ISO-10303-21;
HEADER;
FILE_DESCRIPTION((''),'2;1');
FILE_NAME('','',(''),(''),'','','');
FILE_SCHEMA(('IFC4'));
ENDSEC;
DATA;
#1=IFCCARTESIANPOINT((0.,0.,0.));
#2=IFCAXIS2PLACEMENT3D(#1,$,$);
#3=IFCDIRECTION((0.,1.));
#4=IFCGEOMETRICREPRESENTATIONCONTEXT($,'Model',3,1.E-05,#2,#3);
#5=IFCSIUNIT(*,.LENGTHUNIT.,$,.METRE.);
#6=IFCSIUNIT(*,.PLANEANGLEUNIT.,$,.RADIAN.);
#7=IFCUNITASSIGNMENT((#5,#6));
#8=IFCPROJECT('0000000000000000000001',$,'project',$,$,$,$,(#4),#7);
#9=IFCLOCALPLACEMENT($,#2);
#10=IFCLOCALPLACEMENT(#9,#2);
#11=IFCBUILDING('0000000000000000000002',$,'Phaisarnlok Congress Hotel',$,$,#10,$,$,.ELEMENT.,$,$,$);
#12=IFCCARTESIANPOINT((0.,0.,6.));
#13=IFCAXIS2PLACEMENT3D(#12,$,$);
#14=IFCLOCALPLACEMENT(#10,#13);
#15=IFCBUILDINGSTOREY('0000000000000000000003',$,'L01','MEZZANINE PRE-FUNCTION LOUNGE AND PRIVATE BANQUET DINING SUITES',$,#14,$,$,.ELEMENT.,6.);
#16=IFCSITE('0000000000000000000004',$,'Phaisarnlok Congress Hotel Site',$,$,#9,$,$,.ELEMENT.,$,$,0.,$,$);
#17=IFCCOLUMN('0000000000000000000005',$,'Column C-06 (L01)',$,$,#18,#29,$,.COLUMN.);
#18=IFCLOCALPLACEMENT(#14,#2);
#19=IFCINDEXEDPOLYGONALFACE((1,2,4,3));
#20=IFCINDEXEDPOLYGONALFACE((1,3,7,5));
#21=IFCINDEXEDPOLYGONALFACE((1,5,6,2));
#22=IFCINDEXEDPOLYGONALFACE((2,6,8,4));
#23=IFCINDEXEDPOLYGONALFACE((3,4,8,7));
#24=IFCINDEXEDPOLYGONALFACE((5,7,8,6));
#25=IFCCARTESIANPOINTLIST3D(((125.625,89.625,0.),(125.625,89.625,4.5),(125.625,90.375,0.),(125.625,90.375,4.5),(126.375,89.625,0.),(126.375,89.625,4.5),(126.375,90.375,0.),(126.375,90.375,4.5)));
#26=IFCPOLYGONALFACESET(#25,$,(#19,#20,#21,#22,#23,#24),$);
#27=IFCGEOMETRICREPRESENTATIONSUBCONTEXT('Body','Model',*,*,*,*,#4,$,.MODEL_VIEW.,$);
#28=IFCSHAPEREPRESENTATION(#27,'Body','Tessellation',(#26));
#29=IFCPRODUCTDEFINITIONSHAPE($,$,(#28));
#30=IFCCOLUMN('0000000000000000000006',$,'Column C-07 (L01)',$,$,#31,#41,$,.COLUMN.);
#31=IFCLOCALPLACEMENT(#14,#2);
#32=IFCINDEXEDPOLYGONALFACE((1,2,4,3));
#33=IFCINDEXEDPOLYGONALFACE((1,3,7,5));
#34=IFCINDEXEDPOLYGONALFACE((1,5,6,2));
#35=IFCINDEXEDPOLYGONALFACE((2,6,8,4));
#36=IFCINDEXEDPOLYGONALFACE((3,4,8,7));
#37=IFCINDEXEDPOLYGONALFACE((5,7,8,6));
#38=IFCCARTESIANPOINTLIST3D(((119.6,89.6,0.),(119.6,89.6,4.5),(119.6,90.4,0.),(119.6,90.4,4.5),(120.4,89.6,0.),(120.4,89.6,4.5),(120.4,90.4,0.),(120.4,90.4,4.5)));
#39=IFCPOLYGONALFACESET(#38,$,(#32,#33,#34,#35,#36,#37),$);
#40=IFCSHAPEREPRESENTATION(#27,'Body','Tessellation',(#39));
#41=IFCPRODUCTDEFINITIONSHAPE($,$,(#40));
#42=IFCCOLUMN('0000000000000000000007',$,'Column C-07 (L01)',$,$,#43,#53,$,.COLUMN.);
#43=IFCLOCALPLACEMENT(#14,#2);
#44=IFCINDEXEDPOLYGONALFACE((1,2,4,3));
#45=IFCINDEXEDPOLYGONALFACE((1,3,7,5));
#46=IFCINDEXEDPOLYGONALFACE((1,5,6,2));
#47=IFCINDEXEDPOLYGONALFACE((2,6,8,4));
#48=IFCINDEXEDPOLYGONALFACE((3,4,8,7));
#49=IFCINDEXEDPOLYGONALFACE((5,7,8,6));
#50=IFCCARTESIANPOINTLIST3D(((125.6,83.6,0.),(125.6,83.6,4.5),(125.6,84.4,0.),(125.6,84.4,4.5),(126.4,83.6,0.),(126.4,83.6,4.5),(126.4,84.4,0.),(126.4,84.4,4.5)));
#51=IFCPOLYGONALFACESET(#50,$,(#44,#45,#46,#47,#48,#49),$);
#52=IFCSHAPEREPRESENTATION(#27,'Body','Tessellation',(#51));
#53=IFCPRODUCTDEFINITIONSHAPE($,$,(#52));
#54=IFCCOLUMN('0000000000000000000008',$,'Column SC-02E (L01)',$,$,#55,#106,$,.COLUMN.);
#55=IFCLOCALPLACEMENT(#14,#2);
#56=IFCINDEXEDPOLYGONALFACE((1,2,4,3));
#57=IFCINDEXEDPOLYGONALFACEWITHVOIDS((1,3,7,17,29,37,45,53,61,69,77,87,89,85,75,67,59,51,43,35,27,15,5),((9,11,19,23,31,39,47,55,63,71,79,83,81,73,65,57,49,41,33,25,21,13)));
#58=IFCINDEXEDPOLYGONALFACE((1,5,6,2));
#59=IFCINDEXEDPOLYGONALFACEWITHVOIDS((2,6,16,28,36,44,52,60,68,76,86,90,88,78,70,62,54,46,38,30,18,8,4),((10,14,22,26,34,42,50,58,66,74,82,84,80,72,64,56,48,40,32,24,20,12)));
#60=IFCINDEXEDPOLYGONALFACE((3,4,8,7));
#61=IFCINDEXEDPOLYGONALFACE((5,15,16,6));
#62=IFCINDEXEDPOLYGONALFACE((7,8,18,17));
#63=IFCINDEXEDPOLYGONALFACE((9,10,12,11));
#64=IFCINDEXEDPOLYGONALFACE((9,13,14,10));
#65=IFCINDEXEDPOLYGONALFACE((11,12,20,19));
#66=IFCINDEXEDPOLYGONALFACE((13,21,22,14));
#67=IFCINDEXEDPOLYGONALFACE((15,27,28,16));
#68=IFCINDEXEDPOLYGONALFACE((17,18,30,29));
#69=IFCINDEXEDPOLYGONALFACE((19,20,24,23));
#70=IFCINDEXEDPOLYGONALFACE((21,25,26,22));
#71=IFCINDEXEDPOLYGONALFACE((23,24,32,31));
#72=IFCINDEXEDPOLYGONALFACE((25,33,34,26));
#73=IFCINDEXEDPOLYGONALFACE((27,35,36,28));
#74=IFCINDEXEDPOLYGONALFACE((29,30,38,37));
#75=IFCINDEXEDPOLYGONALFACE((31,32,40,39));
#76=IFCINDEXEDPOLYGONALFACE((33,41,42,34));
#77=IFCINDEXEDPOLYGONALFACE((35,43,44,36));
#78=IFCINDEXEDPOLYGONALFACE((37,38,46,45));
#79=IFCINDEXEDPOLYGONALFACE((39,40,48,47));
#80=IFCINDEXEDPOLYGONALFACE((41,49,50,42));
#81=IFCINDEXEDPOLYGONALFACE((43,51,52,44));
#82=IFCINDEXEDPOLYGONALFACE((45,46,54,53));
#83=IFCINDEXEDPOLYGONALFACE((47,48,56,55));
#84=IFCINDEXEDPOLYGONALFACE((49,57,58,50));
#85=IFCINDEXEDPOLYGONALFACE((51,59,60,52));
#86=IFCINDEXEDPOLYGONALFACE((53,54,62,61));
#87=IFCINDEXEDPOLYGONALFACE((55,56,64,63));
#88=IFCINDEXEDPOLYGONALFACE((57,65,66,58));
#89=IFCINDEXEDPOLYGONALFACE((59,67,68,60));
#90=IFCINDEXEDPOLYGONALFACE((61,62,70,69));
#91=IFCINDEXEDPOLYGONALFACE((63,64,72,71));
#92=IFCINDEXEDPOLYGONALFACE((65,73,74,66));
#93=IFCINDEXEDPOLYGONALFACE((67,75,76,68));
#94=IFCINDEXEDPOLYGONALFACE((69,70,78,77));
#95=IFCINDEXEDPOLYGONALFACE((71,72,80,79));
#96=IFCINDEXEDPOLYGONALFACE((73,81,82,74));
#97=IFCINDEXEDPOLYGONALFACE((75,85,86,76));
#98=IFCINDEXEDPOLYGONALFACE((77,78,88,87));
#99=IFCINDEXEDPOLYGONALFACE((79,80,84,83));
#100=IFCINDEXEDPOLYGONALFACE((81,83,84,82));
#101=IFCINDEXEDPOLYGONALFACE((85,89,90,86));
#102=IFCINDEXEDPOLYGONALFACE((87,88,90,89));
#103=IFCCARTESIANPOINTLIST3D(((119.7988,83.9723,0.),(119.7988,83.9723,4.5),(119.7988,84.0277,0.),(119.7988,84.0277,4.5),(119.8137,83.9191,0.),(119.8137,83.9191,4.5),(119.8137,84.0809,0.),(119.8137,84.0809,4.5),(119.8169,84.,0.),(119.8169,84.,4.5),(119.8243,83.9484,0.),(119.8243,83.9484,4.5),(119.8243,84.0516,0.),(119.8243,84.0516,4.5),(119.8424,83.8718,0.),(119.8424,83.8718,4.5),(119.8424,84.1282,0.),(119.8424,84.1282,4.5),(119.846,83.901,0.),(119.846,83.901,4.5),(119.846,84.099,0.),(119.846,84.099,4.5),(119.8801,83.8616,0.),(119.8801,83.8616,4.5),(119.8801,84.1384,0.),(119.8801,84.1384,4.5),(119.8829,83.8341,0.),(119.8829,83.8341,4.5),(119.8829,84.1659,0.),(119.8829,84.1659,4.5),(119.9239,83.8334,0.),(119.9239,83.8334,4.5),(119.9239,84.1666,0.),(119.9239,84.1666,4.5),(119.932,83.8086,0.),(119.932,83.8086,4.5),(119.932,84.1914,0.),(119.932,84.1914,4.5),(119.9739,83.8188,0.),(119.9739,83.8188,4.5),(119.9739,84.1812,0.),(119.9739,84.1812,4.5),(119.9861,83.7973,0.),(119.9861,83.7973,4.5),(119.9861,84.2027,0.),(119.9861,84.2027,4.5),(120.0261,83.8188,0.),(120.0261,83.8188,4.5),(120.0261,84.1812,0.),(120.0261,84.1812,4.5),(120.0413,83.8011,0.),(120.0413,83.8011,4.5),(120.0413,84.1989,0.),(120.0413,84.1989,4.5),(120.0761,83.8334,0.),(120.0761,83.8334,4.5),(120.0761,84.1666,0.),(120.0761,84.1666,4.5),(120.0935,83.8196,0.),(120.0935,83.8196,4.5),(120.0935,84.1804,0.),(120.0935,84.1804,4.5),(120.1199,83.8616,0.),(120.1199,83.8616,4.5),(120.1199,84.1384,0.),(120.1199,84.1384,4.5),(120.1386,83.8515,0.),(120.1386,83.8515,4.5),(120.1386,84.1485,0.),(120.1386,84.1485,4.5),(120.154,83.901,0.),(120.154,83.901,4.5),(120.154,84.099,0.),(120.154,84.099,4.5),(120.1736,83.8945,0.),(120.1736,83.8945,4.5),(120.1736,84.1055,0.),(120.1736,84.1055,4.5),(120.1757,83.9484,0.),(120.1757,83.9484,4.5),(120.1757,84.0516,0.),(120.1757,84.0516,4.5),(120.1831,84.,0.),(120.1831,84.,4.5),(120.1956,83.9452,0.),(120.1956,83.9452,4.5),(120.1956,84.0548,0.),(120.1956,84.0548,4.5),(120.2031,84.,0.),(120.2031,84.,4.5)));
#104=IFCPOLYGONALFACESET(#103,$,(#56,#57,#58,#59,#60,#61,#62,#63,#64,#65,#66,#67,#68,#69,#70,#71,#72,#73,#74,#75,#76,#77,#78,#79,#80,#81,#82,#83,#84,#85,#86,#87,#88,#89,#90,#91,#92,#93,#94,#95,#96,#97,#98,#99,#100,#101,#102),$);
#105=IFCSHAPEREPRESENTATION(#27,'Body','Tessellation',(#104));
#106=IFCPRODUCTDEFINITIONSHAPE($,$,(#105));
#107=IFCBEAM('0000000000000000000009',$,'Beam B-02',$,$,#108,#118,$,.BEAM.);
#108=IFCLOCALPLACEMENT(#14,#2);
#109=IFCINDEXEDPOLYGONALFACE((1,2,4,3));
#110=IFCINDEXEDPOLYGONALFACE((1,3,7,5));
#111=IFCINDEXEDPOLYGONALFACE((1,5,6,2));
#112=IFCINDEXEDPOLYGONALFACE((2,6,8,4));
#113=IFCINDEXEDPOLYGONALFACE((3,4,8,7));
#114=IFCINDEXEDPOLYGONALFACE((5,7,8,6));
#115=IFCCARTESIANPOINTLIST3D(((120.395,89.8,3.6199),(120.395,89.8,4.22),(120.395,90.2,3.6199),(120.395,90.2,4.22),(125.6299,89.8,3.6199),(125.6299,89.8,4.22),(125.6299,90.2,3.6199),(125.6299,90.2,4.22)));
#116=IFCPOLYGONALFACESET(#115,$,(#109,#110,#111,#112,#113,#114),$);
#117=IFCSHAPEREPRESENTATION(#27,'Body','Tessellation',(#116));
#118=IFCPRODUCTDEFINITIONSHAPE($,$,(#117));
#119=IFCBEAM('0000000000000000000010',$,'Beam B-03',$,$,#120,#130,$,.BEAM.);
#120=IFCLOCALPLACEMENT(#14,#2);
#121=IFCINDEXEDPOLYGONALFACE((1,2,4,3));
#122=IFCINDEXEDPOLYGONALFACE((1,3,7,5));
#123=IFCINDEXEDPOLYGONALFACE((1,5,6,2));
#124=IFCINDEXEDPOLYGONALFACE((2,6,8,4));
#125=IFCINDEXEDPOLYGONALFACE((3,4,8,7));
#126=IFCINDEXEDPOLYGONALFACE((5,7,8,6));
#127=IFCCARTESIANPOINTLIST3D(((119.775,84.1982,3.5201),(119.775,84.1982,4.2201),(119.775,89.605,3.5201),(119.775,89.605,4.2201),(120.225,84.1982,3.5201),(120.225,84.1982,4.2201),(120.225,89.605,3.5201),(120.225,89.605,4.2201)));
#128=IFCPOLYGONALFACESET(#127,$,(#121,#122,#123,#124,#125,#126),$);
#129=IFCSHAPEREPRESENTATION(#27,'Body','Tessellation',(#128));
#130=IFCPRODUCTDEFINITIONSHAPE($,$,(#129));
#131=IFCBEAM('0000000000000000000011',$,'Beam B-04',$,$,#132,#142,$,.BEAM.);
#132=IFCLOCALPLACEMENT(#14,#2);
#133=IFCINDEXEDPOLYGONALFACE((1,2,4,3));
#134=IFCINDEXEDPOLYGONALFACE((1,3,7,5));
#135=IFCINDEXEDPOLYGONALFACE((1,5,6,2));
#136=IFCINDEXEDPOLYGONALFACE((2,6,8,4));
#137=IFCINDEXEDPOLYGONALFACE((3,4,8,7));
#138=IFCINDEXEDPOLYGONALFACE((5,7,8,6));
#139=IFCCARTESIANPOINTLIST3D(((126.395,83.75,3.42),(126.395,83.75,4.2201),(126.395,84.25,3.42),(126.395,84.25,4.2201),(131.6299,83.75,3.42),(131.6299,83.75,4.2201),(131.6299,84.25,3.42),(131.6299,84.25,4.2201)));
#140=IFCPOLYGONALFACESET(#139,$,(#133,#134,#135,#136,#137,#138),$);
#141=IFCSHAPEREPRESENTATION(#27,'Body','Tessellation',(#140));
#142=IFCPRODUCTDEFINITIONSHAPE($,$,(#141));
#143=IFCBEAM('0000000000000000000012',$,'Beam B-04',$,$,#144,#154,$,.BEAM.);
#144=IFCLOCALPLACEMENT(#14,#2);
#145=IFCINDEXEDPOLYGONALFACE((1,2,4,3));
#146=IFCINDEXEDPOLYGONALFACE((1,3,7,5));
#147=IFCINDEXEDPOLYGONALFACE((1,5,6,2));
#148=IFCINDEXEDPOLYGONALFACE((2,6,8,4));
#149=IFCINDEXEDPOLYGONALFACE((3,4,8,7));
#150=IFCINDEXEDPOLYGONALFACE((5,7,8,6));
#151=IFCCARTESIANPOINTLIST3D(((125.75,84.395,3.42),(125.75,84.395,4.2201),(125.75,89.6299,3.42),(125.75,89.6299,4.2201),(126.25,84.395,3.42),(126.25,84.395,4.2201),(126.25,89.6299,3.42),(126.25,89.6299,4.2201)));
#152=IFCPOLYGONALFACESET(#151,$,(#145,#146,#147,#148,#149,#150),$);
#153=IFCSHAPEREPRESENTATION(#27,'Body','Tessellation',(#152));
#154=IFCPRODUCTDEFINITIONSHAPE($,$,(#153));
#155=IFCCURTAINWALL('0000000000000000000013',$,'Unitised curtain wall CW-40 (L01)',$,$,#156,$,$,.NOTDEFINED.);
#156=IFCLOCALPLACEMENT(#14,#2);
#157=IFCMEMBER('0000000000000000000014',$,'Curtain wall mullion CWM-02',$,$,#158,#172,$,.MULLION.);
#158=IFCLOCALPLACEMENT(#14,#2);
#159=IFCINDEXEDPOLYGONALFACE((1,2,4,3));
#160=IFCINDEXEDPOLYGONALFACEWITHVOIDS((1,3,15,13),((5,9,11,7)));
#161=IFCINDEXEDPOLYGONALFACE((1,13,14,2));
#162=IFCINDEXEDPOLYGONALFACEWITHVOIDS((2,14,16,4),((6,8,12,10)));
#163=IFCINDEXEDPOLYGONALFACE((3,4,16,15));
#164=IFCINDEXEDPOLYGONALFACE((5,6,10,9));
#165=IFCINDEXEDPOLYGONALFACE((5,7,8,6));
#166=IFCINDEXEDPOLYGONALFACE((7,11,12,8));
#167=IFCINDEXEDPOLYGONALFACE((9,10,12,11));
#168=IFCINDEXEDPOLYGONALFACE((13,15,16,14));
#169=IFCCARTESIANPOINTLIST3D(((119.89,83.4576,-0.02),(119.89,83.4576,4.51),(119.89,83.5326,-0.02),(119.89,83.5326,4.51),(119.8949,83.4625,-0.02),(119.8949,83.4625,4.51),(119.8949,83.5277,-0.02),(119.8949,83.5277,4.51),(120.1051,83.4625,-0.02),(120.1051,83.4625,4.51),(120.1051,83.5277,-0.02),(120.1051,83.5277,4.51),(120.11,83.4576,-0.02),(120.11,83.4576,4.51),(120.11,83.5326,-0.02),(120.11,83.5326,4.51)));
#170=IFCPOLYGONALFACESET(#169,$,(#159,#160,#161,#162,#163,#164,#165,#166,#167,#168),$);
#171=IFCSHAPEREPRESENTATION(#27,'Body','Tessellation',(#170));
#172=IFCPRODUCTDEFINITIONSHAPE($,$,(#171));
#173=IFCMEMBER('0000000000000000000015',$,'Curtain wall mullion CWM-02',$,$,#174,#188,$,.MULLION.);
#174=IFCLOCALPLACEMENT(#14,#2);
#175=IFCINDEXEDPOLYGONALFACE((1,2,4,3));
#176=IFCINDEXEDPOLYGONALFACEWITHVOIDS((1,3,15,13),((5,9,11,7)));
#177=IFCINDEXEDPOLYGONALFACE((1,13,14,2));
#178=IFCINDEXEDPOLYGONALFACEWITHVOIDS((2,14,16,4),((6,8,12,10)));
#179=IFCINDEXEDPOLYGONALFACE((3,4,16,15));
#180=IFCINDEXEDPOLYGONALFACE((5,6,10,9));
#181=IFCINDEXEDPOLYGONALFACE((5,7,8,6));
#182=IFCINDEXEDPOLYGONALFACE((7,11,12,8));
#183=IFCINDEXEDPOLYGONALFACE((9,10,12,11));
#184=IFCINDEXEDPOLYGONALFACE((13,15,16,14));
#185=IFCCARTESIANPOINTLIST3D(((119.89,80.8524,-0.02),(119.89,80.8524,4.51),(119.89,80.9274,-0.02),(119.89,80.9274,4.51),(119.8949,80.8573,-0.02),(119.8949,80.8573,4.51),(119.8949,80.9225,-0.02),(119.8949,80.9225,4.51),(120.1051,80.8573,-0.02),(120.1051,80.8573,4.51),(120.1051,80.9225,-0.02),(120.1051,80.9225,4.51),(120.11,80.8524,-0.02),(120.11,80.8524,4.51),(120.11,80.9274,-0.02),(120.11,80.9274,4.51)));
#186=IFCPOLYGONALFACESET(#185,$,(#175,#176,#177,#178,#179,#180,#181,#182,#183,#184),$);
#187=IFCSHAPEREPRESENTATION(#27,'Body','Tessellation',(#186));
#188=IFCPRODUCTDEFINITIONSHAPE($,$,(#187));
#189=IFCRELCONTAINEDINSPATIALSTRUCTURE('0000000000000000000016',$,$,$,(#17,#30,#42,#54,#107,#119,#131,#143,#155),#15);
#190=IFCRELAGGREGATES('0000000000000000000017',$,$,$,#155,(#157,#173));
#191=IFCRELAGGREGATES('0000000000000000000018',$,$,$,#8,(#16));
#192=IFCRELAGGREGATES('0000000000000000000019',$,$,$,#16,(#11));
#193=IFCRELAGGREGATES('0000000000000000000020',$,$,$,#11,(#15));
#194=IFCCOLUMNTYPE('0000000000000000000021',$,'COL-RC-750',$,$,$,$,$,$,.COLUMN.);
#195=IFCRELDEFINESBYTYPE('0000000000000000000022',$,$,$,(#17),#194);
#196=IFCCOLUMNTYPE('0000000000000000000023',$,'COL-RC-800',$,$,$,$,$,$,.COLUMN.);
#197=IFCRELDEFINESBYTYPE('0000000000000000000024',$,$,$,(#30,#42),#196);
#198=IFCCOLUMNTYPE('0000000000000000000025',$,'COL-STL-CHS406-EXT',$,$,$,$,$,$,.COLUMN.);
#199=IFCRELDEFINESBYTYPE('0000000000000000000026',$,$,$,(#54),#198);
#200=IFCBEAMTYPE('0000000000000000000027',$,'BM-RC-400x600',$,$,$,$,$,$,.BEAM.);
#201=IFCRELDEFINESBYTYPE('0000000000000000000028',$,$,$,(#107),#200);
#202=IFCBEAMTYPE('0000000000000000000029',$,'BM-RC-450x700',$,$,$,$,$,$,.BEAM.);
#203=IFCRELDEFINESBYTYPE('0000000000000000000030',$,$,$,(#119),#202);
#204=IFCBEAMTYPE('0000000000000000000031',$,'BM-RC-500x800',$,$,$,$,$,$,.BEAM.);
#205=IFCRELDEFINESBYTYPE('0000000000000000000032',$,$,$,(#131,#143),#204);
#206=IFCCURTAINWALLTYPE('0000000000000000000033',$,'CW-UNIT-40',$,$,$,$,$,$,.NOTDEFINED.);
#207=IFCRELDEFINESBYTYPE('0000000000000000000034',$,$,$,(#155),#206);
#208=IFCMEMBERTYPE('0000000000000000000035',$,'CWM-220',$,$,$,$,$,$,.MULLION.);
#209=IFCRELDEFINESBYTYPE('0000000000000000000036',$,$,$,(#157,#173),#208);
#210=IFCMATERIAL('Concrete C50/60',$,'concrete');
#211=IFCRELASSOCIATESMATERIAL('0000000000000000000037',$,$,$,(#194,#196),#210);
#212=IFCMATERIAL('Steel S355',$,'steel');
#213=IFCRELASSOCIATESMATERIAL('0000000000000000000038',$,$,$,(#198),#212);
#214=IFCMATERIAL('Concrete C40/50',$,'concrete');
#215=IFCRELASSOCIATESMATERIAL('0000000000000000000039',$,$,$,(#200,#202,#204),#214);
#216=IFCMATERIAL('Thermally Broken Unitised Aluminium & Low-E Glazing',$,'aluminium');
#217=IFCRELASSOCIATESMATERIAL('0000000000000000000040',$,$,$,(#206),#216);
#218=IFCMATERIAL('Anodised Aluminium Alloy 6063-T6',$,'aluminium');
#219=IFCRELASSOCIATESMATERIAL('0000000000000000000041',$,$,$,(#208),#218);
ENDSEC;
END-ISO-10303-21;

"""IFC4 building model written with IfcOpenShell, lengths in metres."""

from ifc_helpers import new_model, si_unit, direction, frame, origin, origin_2d, place, context, subcontext, project, spatial, rectangle, hollow_rectangle, hollow_circle, extrude, material, material_profile, profile_set, type_object, element, aggregate, save


model = new_model("IFC4")

# Units and contexts
model_context = context("Model", 3, precision=1e-05, world=origin(), true_north=direction((0.0, 1.0)))
body_context = subcontext(model_context, "Body", "Model", "MODEL_VIEW")
ifc_project = project(units=[si_unit("LENGTHUNIT", "METRE"), si_unit("PLANEANGLEUNIT", "RADIAN")], contexts=[model_context])

# Site, building, storey
site_placement = place(None, origin())
site = spatial("IfcSite", under=ifc_project, at=site_placement, Name="Phaisarnlok Congress Hotel Site", CompositionType="ELEMENT", RefElevation=0.0)
building_placement = place(site_placement, origin())
building = spatial("IfcBuilding", under=site, at=building_placement, Name="Phaisarnlok Congress Hotel", CompositionType="ELEMENT")
storey_placement = place(building_placement, frame((0.0, 0.0, 6.0)))
storey = spatial("IfcBuildingStorey", under=building, at=storey_placement, Name="L01", Description="MEZZANINE PRE-FUNCTION LOUNGE AND PRIVATE BANQUET DINING SUITES", CompositionType="ELEMENT", Elevation=6.0)

# Columns
ifc_material_1 = material(Name="Concrete C50/60", Category="concrete")
ifc_material_profile_1 = material_profile(ifc_material_1, rectangle(XDim=0.75, YDim=0.75, at=origin_2d()), Name="RC 750x750")
ifc_profile_set_1 = profile_set([ifc_material_profile_1], Name="Concrete C50/60")
column_type_1 = type_object("IfcColumnType", Name="COL-RC-750", PredefinedType="COLUMN", material=ifc_profile_set_1)
column_1_placement = place(storey_placement, frame((126.0, 90.0, 0.0), z_axis=(0.0, 0.0, 1.0), x_axis=(1.0, 0.0, 0.0)))
element("IfcColumn", 1, at=column_1_placement, inside=storey, type_object=column_type_1, Name="Column C-06 (L01)", PredefinedType="COLUMN", context=body_context, shape_type="SweptSolid", body=[
    extrude(rectangle(XDim=0.75, YDim=0.75, at=origin_2d()), origin(), (0.0, 0.0, 1.0), 4.5),
])
ifc_material_profile_2 = material_profile(ifc_material_1, rectangle(XDim=0.8, YDim=0.8, at=origin_2d()), Name="RC 800x800")
ifc_profile_set_2 = profile_set([ifc_material_profile_2], Name="Concrete C50/60")
column_type_2 = type_object("IfcColumnType", Name="COL-RC-800", PredefinedType="COLUMN", material=ifc_profile_set_2)
for number, where, z_axis, x_axis, name in (
    (2, (120.0, 90.0, 0.0), (0.0, 0.0, 1.0), (1.0, 0.0, 0.0), "Column C-07 (L01)"),
    (3, (126.0, 84.0, 0.0), (0.0, 0.0, 1.0), (1.0, 0.0, 0.0), "Column C-07 (L01)"),
):
    element("IfcColumn", number, at=place(storey_placement, frame(where, z_axis=z_axis, x_axis=x_axis)), inside=storey, type_object=column_type_2, Name=name, PredefinedType="COLUMN", context=body_context, shape_type="SweptSolid", body=[
        extrude(rectangle(XDim=0.8, YDim=0.8, at=origin_2d()), origin(), (0.0, 0.0, 1.0), 4.5),
    ])
ifc_material_2 = material(Name="Steel S355", Category="steel")
ifc_material_profile_3 = material_profile(ifc_material_2, hollow_circle(Radius=0.2031, WallThickness=0.02, at=origin_2d()), Name="CHS 406.4x20")
ifc_profile_set_3 = profile_set([ifc_material_profile_3], Name="Steel S355")
column_type_3 = type_object("IfcColumnType", Name="COL-STL-CHS406-EXT", PredefinedType="COLUMN", material=ifc_profile_set_3)
column_2_placement = place(storey_placement, frame((120.0, 84.0, 0.0), z_axis=(0.0, 0.0, 1.0), x_axis=(1.0, 0.0, 0.0)))
element("IfcColumn", 4, at=column_2_placement, inside=storey, type_object=column_type_3, Name="Column SC-02E (L01)", PredefinedType="COLUMN", context=body_context, shape_type="SweptSolid", body=[
    extrude(hollow_circle(Radius=0.2031, WallThickness=0.02, at=origin_2d()), origin(), (0.0, 0.0, 1.0), 4.5),
])

# Beams
ifc_material_3 = material(Name="Concrete C40/50", Category="concrete")
ifc_material_profile_4 = material_profile(ifc_material_3, rectangle(XDim=0.3999, YDim=0.6001, at=origin_2d()), Name="RC 400x600")
ifc_profile_set_4 = profile_set([ifc_material_profile_4], Name="Concrete C40/50")
beam_type_1 = type_object("IfcBeamType", Name="BM-RC-400x600", PredefinedType="BEAM", material=ifc_profile_set_4)
beam_1_placement = place(storey_placement, frame((120.395, 90.0, 3.9199), z_axis=(1.0, 0.0, 0.0), x_axis=(0.0, 1.0, 0.0)))
element("IfcBeam", 5, at=beam_1_placement, inside=storey, type_object=beam_type_1, Name="Beam B-02", PredefinedType="BEAM", context=body_context, shape_type="SweptSolid", body=[
    extrude(rectangle(XDim=0.3999, YDim=0.6001, at=origin_2d()), origin(), (0.0, 0.0, 1.0), 5.2349),
])
ifc_material_profile_5 = material_profile(ifc_material_3, rectangle(XDim=0.45, YDim=0.7, at=origin_2d()), Name="RC 450x700")
ifc_profile_set_5 = profile_set([ifc_material_profile_5], Name="Concrete C40/50")
beam_type_2 = type_object("IfcBeamType", Name="BM-RC-450x700", PredefinedType="BEAM", material=ifc_profile_set_5)
beam_2_placement = place(storey_placement, frame((120.0, 84.1982, 3.8701), z_axis=(0.0, 1.0, 0.0), x_axis=(-1.0, 0.0, 0.0)))
element("IfcBeam", 6, at=beam_2_placement, inside=storey, type_object=beam_type_2, Name="Beam B-03", PredefinedType="BEAM", context=body_context, shape_type="SweptSolid", body=[
    extrude(rectangle(XDim=0.45, YDim=0.7, at=origin_2d()), origin(), (0.0, 0.0, 1.0), 5.4067),
])
ifc_material_profile_6 = material_profile(ifc_material_3, rectangle(XDim=0.5, YDim=0.8, at=origin_2d()), Name="RC 500x800")
ifc_profile_set_6 = profile_set([ifc_material_profile_6], Name="Concrete C40/50")
beam_type_3 = type_object("IfcBeamType", Name="BM-RC-500x800", PredefinedType="BEAM", material=ifc_profile_set_6)
for number, where, z_axis, x_axis, name in (
    (7, (126.395, 84.0, 3.8201), (1.0, 0.0, 0.0), (0.0, 1.0, 0.0), "Beam B-04"),
    (8, (126.0, 84.395, 3.8201), (0.0, 1.0, 0.0), (-1.0, 0.0, 0.0), "Beam B-04"),
):
    element("IfcBeam", number, at=place(storey_placement, frame(where, z_axis=z_axis, x_axis=x_axis)), inside=storey, type_object=beam_type_3, Name=name, PredefinedType="BEAM", context=body_context, shape_type="SweptSolid", body=[
        extrude(rectangle(XDim=0.5, YDim=0.8, at=origin_2d()), origin(), (0.0, 0.0, 1.0), 5.2349),
    ])

# Curtain wall, members
ifc_material_4 = material(Name="Thermally Broken Unitised Aluminium & Low-E Glazing", Category="aluminium")
curtain_wall_type = type_object("IfcCurtainWallType", Name="CW-UNIT-40", PredefinedType="NOTDEFINED", material=ifc_material_4)
curtain_wall_placement = place(storey_placement, origin())
curtain_wall = element("IfcCurtainWall", 9, at=curtain_wall_placement, inside=storey, type_object=curtain_wall_type, Name="Unitised curtain wall CW-40 (L01)", PredefinedType="NOTDEFINED")
ifc_material_5 = material(Name="Anodised Aluminium Alloy 6063-T6", Category="aluminium")
ifc_material_profile_7 = material_profile(ifc_material_5, hollow_rectangle(XDim=0.075, YDim=0.22, WallThickness=0.0049, at=origin_2d()), Name="ALU-M 75x220x5")
ifc_profile_set_7 = profile_set([ifc_material_profile_7], Name="Anodised Aluminium Alloy 6063-T6")
member_type_1 = type_object("IfcMemberType", Name="CWM-220", PredefinedType="MULLION", material=ifc_profile_set_7)
member_1_placement = place(storey_placement, frame((120.0, 83.4951, -0.02), z_axis=(0.0, 0.0, 1.0), x_axis=(0.0, -1.0, 0.0)))
member_1 = element("IfcMember", 10, at=member_1_placement, type_object=member_type_1, Name="Curtain wall mullion CWM-02", PredefinedType="MULLION", context=body_context, shape_type="SweptSolid", body=[
    extrude(hollow_rectangle(XDim=0.075, YDim=0.22, WallThickness=0.0049, at=origin_2d()), origin(), (0.0, 0.0, 1.0), 4.53),
])
member_2_placement = place(storey_placement, frame((120.0, 80.8899, -0.02), z_axis=(0.0, 0.0, 1.0), x_axis=(0.0, -1.0, 0.0)))
member_2 = element("IfcMember", 11, at=member_2_placement, type_object=member_type_1, Name="Curtain wall mullion CWM-02", PredefinedType="MULLION", context=body_context, shape_type="SweptSolid", body=[
    extrude(hollow_rectangle(XDim=0.075, YDim=0.22, WallThickness=0.0049, at=origin_2d()), origin(), (0.0, 0.0, 1.0), 4.53),
])

aggregate(curtain_wall, [member_1, member_2])

save(model, "model.ifc")
